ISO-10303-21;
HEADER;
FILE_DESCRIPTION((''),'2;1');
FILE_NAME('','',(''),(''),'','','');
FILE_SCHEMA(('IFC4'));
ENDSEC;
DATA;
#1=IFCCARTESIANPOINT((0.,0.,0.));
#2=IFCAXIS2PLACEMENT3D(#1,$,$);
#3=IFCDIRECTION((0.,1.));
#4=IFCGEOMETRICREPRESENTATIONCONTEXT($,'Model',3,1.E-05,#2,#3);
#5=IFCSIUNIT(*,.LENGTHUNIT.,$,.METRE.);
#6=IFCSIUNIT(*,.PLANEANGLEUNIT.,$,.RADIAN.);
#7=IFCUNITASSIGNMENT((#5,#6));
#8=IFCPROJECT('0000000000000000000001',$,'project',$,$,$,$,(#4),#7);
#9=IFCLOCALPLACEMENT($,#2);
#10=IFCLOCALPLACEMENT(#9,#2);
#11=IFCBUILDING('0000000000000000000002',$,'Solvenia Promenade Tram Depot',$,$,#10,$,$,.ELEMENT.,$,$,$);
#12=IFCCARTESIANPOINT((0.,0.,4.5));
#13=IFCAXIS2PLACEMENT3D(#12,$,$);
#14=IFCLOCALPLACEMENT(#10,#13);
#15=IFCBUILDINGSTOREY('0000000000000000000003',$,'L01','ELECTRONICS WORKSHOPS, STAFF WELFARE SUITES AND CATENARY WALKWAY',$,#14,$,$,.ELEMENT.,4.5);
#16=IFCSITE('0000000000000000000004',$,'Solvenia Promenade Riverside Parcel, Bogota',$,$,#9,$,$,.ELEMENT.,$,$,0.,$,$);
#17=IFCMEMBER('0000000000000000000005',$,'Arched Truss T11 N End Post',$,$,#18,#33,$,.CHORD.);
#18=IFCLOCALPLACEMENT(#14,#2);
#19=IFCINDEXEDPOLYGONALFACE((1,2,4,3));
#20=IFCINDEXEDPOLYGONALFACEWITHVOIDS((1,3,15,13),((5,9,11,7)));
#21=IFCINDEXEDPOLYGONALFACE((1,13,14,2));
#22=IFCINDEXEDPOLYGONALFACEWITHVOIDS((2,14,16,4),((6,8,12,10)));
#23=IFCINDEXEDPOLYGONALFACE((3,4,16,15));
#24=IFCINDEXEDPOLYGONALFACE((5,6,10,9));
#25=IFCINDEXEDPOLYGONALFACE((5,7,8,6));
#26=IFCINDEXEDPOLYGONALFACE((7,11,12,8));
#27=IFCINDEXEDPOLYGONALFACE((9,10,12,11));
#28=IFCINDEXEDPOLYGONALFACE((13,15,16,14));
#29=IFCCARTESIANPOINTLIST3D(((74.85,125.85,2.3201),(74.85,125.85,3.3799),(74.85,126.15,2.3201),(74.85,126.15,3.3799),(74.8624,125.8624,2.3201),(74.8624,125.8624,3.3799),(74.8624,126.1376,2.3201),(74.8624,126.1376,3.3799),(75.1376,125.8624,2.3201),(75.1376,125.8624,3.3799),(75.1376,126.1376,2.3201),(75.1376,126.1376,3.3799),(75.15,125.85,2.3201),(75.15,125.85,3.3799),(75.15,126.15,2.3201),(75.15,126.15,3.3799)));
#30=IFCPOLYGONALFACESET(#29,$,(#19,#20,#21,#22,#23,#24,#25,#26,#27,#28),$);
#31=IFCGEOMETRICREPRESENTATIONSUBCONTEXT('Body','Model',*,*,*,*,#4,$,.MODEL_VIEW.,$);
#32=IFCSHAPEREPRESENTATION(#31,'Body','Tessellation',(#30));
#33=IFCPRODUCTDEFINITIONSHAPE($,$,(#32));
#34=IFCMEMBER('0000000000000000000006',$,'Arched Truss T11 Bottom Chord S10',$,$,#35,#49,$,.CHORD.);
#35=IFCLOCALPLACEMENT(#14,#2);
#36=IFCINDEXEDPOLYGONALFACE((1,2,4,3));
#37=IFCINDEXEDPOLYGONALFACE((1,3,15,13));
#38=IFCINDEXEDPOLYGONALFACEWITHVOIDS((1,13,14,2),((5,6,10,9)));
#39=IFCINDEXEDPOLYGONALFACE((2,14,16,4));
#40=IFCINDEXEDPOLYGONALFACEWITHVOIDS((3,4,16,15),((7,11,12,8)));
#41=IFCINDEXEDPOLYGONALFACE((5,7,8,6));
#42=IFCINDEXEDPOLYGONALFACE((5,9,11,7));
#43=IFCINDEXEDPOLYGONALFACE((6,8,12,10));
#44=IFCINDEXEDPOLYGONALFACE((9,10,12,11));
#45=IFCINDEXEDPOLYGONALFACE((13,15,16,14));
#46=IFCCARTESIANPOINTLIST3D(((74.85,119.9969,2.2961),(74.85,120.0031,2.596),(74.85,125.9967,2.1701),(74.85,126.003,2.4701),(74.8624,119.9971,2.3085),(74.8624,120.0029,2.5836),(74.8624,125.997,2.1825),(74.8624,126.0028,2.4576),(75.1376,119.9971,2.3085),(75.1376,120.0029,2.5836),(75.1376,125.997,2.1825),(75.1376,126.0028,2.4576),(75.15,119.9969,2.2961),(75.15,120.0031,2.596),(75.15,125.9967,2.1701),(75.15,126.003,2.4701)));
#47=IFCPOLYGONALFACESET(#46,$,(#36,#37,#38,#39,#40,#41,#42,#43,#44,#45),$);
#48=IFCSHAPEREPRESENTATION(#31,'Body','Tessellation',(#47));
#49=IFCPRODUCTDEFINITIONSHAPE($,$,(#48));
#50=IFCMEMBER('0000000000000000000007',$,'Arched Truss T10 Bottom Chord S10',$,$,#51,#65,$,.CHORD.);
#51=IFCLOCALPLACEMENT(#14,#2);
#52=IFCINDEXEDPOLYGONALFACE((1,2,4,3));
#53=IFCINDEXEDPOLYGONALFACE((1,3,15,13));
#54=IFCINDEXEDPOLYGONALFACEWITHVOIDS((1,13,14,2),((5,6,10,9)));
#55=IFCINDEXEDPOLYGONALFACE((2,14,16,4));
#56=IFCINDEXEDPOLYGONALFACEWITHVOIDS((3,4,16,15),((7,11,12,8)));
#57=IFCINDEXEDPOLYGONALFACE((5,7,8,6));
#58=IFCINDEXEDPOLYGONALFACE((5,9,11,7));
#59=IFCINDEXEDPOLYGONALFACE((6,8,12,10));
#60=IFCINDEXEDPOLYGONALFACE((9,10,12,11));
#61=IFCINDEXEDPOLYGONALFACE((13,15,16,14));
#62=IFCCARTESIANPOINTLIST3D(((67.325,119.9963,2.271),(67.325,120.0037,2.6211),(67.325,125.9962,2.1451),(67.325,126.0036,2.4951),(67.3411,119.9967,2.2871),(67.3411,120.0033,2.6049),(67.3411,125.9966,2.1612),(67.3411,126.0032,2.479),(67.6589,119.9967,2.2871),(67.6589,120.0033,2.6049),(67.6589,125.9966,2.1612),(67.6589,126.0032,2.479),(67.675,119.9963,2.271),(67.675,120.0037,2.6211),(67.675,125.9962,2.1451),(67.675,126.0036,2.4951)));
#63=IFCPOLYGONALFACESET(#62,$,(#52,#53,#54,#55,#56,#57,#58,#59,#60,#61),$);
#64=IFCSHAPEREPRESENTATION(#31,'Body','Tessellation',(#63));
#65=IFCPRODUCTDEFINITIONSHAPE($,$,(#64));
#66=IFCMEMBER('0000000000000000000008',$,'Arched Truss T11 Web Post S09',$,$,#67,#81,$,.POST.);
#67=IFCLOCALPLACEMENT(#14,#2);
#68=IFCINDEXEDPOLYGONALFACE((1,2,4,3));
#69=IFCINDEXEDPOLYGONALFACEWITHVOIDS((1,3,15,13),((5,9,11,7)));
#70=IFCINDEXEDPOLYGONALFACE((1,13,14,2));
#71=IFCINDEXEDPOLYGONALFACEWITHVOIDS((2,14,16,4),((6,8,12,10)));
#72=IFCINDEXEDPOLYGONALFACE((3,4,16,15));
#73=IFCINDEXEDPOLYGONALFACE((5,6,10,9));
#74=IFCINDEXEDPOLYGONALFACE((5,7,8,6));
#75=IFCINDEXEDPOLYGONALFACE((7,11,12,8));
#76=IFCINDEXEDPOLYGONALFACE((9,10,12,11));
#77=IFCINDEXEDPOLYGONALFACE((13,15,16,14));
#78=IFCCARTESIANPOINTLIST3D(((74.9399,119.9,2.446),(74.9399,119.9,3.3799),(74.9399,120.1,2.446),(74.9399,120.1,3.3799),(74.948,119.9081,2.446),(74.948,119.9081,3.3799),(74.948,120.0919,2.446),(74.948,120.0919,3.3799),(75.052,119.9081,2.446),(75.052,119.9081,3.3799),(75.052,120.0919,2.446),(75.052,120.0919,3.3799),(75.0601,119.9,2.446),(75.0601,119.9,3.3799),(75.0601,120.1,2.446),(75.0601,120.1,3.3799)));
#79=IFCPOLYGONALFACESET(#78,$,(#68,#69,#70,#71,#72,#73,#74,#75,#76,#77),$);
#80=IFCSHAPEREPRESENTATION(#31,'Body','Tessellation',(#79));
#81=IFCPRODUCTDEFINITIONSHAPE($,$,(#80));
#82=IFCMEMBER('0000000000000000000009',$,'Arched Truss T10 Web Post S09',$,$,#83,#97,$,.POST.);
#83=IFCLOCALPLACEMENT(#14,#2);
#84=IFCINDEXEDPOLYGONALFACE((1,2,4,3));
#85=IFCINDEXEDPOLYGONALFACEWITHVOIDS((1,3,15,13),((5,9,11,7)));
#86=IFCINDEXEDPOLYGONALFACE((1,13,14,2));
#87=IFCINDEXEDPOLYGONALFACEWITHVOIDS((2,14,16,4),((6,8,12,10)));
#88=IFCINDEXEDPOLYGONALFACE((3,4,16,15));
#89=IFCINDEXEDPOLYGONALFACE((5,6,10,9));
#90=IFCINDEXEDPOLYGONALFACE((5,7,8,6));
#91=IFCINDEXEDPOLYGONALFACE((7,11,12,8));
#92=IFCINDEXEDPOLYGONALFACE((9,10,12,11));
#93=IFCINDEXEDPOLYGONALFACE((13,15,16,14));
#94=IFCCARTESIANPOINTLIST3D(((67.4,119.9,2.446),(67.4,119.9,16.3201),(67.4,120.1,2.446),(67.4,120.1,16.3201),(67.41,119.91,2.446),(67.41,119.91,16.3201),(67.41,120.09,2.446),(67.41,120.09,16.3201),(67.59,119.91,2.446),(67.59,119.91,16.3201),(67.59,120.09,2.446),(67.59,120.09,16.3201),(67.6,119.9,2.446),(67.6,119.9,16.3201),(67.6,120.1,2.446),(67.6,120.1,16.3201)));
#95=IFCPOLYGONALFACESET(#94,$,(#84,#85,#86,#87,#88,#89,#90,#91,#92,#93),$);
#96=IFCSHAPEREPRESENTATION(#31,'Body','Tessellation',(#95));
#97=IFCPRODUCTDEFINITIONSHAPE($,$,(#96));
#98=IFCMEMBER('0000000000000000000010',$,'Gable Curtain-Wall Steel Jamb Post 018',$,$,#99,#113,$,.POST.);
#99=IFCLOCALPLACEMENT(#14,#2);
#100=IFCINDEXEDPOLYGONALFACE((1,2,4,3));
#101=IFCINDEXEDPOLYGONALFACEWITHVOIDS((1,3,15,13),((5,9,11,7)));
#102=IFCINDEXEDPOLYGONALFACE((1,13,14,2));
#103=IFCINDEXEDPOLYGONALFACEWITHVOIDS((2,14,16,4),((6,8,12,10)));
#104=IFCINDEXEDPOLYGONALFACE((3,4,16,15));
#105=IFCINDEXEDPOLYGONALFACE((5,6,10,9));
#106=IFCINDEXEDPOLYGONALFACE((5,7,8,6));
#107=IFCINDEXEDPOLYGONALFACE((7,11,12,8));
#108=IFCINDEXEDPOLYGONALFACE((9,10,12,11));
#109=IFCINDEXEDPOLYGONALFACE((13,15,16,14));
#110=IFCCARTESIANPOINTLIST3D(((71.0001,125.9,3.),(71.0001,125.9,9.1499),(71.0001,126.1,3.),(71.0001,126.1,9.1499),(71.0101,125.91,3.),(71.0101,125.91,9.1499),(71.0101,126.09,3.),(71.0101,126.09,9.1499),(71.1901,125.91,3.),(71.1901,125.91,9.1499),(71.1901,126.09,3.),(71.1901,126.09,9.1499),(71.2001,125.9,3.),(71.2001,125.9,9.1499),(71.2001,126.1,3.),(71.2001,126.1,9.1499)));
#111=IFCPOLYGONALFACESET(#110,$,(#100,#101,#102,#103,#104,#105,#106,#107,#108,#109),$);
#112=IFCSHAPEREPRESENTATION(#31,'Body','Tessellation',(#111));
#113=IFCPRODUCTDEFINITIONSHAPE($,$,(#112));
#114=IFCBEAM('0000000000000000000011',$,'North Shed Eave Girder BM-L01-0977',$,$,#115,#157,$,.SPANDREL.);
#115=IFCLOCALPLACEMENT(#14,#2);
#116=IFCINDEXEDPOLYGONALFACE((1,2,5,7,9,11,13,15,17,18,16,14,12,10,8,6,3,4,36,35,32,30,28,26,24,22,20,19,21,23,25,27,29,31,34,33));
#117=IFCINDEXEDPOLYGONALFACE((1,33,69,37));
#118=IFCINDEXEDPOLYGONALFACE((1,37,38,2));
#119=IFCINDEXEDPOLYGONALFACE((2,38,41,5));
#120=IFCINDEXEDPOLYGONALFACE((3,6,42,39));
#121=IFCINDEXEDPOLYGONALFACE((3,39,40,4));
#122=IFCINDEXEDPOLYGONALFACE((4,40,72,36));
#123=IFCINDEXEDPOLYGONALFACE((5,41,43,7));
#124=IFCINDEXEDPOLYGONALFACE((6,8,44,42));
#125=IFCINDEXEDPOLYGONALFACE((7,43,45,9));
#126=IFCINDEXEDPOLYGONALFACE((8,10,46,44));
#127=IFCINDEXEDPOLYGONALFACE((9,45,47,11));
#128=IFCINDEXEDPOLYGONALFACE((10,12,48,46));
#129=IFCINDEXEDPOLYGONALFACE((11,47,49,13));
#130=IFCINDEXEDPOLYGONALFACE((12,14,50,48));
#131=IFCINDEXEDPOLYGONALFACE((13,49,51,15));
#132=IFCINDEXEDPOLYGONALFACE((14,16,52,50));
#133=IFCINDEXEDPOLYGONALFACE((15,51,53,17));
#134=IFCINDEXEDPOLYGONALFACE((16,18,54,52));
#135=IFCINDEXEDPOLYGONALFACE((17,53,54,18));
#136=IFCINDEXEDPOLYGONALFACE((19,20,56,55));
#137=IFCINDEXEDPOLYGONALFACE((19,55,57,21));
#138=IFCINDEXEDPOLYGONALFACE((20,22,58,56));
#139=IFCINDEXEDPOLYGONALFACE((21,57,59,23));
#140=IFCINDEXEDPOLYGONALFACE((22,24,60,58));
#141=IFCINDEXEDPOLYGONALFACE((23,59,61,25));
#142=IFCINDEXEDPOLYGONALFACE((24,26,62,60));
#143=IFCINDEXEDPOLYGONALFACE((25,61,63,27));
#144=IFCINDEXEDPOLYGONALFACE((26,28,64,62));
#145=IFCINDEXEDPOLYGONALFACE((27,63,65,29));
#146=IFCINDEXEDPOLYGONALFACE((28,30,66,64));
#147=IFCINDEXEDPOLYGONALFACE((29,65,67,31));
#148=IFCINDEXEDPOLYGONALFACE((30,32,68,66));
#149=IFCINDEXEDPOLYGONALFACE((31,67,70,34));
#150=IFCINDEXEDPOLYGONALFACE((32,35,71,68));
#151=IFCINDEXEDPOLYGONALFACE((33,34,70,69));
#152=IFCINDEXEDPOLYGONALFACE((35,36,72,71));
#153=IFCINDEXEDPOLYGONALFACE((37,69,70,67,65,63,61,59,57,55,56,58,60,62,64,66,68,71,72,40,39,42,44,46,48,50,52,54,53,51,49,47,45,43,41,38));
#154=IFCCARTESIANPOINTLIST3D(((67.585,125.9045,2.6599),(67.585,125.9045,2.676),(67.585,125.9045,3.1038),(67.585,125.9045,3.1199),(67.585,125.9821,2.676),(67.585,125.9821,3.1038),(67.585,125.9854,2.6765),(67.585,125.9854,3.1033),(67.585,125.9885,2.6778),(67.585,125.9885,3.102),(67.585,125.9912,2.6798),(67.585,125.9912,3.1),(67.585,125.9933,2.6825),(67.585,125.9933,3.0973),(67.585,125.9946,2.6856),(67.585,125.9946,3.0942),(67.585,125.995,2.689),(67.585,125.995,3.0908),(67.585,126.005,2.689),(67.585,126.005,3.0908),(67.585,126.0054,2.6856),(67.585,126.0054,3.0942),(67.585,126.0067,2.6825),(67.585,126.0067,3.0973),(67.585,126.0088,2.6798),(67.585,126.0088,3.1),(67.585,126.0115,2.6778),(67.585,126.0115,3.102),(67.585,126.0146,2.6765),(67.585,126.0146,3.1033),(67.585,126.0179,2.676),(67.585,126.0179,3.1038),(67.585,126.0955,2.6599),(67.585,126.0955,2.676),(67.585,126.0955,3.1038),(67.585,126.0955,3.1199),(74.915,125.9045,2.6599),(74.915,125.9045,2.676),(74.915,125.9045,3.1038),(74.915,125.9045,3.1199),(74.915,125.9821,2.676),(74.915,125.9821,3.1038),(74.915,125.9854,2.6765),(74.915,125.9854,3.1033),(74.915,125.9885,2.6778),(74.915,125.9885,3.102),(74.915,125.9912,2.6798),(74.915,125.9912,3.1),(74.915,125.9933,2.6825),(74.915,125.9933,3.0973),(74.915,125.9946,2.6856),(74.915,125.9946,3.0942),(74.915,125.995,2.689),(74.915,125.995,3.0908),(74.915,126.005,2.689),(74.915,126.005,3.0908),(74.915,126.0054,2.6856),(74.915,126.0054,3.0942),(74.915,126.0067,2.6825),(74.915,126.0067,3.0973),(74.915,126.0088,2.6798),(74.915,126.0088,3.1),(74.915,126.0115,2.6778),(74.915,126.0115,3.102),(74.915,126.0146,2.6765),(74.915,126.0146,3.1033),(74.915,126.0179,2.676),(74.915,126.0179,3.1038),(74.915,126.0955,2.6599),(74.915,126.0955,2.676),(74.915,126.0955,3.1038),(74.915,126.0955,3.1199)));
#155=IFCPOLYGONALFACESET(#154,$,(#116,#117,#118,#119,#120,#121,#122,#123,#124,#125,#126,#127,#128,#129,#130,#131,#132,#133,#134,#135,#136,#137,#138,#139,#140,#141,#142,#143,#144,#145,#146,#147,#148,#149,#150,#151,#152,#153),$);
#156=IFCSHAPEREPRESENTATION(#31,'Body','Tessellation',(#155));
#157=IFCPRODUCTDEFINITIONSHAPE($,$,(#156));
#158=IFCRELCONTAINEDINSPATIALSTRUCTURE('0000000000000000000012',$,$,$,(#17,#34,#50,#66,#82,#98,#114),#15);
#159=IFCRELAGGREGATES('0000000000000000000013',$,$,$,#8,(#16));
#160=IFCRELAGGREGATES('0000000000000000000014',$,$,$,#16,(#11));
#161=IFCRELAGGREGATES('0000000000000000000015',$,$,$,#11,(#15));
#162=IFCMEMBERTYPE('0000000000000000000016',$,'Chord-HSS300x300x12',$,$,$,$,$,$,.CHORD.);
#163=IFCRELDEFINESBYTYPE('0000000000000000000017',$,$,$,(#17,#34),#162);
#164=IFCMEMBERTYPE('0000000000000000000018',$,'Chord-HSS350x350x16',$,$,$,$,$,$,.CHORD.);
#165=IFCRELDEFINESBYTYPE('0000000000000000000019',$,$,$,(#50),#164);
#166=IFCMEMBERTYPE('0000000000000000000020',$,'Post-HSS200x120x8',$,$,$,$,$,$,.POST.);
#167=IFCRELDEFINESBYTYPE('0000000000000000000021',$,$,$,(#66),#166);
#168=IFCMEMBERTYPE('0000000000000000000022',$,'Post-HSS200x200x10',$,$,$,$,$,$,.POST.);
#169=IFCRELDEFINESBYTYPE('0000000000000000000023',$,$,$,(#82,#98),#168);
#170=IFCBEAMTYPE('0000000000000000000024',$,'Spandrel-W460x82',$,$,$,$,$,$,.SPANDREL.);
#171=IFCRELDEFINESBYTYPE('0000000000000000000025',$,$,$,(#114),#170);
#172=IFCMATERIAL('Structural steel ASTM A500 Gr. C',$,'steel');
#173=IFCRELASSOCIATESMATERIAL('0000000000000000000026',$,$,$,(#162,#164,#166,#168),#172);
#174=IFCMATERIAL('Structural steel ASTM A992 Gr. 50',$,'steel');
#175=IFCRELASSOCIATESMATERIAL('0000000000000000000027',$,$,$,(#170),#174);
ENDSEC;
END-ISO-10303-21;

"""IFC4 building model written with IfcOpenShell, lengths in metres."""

from ifc_helpers import new_model, si_unit, direction, frame, origin, origin_2d, place, context, subcontext, project, spatial, hollow_rectangle, i_section, extrude, material, material_profile, profile_set, type_object, element, save


model = new_model("IFC4")

# Units and contexts
model_context = context("Model", 3, precision=1e-05, world=origin(), true_north=direction((0.0, 1.0)))
body_context = subcontext(model_context, "Body", "Model", "MODEL_VIEW")
ifc_project = project(units=[si_unit("LENGTHUNIT", "METRE"), si_unit("PLANEANGLEUNIT", "RADIAN")], contexts=[model_context])

# Site, building, storey
site_placement = place(None, origin())
site = spatial("IfcSite", under=ifc_project, at=site_placement, Name="Solvenia Promenade Riverside Parcel, Bogota", CompositionType="ELEMENT", RefElevation=0.0)
building_placement = place(site_placement, origin())
building = spatial("IfcBuilding", under=site, at=building_placement, Name="Solvenia Promenade Tram Depot", CompositionType="ELEMENT")
storey_placement = place(building_placement, frame((0.0, 0.0, 4.5)))
storey = spatial("IfcBuildingStorey", under=building, at=storey_placement, Name="L01", Description="ELECTRONICS WORKSHOPS, STAFF WELFARE SUITES AND CATENARY WALKWAY", CompositionType="ELEMENT", Elevation=4.5)

# Shared definitions
ifc_material_1 = material(Name="Structural steel ASTM A992 Gr. 50", Category="steel")

# Shared definitions
ifc_material_2 = material(Name="Structural steel ASTM A500 Gr. C", Category="steel")

# Members
ifc_material_profile_1 = material_profile(ifc_material_2, hollow_rectangle(XDim=0.3, YDim=0.3, WallThickness=0.0125, at=origin_2d()), Name="HSS300x300x12.5", Category="steel")
ifc_profile_set_1 = profile_set([ifc_material_profile_1], Name="Structural steel ASTM A500 Gr. C")
member_type_1 = type_object("IfcMemberType", Name="Chord-HSS300x300x12", PredefinedType="CHORD", material=ifc_profile_set_1)
member_1_placement = place(storey_placement, frame((75.0, 126.0, 2.3201), z_axis=(0.0, 0.0, 1.0), x_axis=(1.0, 0.0, 0.0)))
element("IfcMember", 1, at=member_1_placement, inside=storey, type_object=member_type_1, Name="Arched Truss T11 N End Post", PredefinedType="CHORD", context=body_context, shape_type="SweptSolid", body=[
    extrude(hollow_rectangle(XDim=0.3, YDim=0.3, WallThickness=0.0125, at=origin_2d()), origin(), (0.0, 0.0, 1.0), 1.0598),
])
member_2_placement = place(storey_placement, frame((75.0, 120.0, 2.446), z_axis=(0.0, 0.99978, -0.020991), x_axis=(-1.0, 0.0, 0.0)))
element("IfcMember", 2, at=member_2_placement, inside=storey, type_object=member_type_1, Name="Arched Truss T11 Bottom Chord S10", PredefinedType="CHORD", context=body_context, shape_type="SweptSolid", body=[
    extrude(hollow_rectangle(XDim=0.3, YDim=0.3, WallThickness=0.0125, at=origin_2d()), origin(), (0.0, 0.0, 1.0), 6.0012),
])
ifc_material_profile_2 = material_profile(ifc_material_2, hollow_rectangle(XDim=0.3501, YDim=0.3501, WallThickness=0.0161, at=origin_2d()), Name="HSS350x350x16", Category="steel")
ifc_profile_set_2 = profile_set([ifc_material_profile_2], Name="Structural steel ASTM A500 Gr. C")
member_type_2 = type_object("IfcMemberType", Name="Chord-HSS350x350x16", PredefinedType="CHORD", material=ifc_profile_set_2)
member_3_placement = place(storey_placement, frame((67.5, 120.0, 2.446), z_axis=(0.0, 0.99978, -0.020991), x_axis=(-1.0, 0.0, 0.0)))
element("IfcMember", 3, at=member_3_placement, inside=storey, type_object=member_type_2, Name="Arched Truss T10 Bottom Chord S10", PredefinedType="CHORD", context=body_context, shape_type="SweptSolid", body=[
    extrude(hollow_rectangle(XDim=0.3501, YDim=0.3501, WallThickness=0.0161, at=origin_2d()), origin(), (0.0, 0.0, 1.0), 6.0012),
])
ifc_material_profile_3 = material_profile(ifc_material_2, hollow_rectangle(XDim=0.1201, YDim=0.2, WallThickness=0.0081, at=origin_2d()), Name="HSS200x120x8", Category="steel")
ifc_profile_set_3 = profile_set([ifc_material_profile_3], Name="Structural steel ASTM A500 Gr. C")
member_type_3 = type_object("IfcMemberType", Name="Post-HSS200x120x8", PredefinedType="POST", material=ifc_profile_set_3)
member_4_placement = place(storey_placement, frame((75.0, 120.0, 2.446), z_axis=(0.0, 0.0, 1.0), x_axis=(1.0, 0.0, 0.0)))
element("IfcMember", 4, at=member_4_placement, inside=storey, type_object=member_type_3, Name="Arched Truss T11 Web Post S09", PredefinedType="POST", context=body_context, shape_type="SweptSolid", body=[
    extrude(hollow_rectangle(XDim=0.1201, YDim=0.2, WallThickness=0.0081, at=origin_2d()), origin(), (0.0, 0.0, 1.0), 0.9338),
])
ifc_material_profile_4 = material_profile(ifc_material_2, hollow_rectangle(XDim=0.2, YDim=0.2, WallThickness=0.01, at=origin_2d()), Name="HSS200x200x10", Category="steel")
ifc_profile_set_4 = profile_set([ifc_material_profile_4], Name="Structural steel ASTM A500 Gr. C")
member_type_4 = type_object("IfcMemberType", Name="Post-HSS200x200x10", PredefinedType="POST", material=ifc_profile_set_4)
member_5_placement = place(storey_placement, frame((67.5, 120.0, 2.446), z_axis=(0.0, 0.0, 1.0), x_axis=(1.0, 0.0, 0.0)))
element("IfcMember", 5, at=member_5_placement, inside=storey, type_object=member_type_4, Name="Arched Truss T10 Web Post S09", PredefinedType="POST", context=body_context, shape_type="SweptSolid", body=[
    extrude(hollow_rectangle(XDim=0.2, YDim=0.2, WallThickness=0.01, at=origin_2d()), origin(), (0.0, 0.0, 1.0), 13.874),
])
member_6_placement = place(storey_placement, frame((71.1001, 126.0, 3.0), z_axis=(0.0, 0.0, 1.0), x_axis=(1.0, 0.0, 0.0)))
element("IfcMember", 6, at=member_6_placement, inside=storey, type_object=member_type_4, Name="Gable Curtain-Wall Steel Jamb Post 018", PredefinedType="POST", context=body_context, shape_type="SweptSolid", body=[
    extrude(hollow_rectangle(XDim=0.2, YDim=0.2, WallThickness=0.01, at=origin_2d()), origin(), (0.0, 0.0, 1.0), 6.1499),
])

# Beam
ifc_material_profile_5 = material_profile(ifc_material_1, i_section(OverallWidth=0.1909, OverallDepth=0.46, WebThickness=0.01, FlangeThickness=0.0161, FilletRadius=0.0129, at=origin_2d()), Name="W460x82", Category="steel")
ifc_profile_set_5 = profile_set([ifc_material_profile_5], Name="Structural steel ASTM A992 Gr. 50")
beam_type = type_object("IfcBeamType", Name="Spandrel-W460x82", PredefinedType="SPANDREL", material=ifc_profile_set_5)
beam_placement = place(storey_placement, frame((67.585, 126.0, 2.8899), z_axis=(1.0, 0.0, 0.0), x_axis=(0.0, 1.0, 0.0)))
element("IfcBeam", 7, at=beam_placement, inside=storey, type_object=beam_type, Name="North Shed Eave Girder BM-L01-0977", PredefinedType="SPANDREL", context=body_context, shape_type="SweptSolid", body=[
    extrude(i_section(OverallWidth=0.1909, OverallDepth=0.46, WebThickness=0.01, FlangeThickness=0.0161, FilletRadius=0.0129, at=origin_2d()), origin(), (0.0, 0.0, 1.0), 7.3301),
])

save(model, "model.ifc")
